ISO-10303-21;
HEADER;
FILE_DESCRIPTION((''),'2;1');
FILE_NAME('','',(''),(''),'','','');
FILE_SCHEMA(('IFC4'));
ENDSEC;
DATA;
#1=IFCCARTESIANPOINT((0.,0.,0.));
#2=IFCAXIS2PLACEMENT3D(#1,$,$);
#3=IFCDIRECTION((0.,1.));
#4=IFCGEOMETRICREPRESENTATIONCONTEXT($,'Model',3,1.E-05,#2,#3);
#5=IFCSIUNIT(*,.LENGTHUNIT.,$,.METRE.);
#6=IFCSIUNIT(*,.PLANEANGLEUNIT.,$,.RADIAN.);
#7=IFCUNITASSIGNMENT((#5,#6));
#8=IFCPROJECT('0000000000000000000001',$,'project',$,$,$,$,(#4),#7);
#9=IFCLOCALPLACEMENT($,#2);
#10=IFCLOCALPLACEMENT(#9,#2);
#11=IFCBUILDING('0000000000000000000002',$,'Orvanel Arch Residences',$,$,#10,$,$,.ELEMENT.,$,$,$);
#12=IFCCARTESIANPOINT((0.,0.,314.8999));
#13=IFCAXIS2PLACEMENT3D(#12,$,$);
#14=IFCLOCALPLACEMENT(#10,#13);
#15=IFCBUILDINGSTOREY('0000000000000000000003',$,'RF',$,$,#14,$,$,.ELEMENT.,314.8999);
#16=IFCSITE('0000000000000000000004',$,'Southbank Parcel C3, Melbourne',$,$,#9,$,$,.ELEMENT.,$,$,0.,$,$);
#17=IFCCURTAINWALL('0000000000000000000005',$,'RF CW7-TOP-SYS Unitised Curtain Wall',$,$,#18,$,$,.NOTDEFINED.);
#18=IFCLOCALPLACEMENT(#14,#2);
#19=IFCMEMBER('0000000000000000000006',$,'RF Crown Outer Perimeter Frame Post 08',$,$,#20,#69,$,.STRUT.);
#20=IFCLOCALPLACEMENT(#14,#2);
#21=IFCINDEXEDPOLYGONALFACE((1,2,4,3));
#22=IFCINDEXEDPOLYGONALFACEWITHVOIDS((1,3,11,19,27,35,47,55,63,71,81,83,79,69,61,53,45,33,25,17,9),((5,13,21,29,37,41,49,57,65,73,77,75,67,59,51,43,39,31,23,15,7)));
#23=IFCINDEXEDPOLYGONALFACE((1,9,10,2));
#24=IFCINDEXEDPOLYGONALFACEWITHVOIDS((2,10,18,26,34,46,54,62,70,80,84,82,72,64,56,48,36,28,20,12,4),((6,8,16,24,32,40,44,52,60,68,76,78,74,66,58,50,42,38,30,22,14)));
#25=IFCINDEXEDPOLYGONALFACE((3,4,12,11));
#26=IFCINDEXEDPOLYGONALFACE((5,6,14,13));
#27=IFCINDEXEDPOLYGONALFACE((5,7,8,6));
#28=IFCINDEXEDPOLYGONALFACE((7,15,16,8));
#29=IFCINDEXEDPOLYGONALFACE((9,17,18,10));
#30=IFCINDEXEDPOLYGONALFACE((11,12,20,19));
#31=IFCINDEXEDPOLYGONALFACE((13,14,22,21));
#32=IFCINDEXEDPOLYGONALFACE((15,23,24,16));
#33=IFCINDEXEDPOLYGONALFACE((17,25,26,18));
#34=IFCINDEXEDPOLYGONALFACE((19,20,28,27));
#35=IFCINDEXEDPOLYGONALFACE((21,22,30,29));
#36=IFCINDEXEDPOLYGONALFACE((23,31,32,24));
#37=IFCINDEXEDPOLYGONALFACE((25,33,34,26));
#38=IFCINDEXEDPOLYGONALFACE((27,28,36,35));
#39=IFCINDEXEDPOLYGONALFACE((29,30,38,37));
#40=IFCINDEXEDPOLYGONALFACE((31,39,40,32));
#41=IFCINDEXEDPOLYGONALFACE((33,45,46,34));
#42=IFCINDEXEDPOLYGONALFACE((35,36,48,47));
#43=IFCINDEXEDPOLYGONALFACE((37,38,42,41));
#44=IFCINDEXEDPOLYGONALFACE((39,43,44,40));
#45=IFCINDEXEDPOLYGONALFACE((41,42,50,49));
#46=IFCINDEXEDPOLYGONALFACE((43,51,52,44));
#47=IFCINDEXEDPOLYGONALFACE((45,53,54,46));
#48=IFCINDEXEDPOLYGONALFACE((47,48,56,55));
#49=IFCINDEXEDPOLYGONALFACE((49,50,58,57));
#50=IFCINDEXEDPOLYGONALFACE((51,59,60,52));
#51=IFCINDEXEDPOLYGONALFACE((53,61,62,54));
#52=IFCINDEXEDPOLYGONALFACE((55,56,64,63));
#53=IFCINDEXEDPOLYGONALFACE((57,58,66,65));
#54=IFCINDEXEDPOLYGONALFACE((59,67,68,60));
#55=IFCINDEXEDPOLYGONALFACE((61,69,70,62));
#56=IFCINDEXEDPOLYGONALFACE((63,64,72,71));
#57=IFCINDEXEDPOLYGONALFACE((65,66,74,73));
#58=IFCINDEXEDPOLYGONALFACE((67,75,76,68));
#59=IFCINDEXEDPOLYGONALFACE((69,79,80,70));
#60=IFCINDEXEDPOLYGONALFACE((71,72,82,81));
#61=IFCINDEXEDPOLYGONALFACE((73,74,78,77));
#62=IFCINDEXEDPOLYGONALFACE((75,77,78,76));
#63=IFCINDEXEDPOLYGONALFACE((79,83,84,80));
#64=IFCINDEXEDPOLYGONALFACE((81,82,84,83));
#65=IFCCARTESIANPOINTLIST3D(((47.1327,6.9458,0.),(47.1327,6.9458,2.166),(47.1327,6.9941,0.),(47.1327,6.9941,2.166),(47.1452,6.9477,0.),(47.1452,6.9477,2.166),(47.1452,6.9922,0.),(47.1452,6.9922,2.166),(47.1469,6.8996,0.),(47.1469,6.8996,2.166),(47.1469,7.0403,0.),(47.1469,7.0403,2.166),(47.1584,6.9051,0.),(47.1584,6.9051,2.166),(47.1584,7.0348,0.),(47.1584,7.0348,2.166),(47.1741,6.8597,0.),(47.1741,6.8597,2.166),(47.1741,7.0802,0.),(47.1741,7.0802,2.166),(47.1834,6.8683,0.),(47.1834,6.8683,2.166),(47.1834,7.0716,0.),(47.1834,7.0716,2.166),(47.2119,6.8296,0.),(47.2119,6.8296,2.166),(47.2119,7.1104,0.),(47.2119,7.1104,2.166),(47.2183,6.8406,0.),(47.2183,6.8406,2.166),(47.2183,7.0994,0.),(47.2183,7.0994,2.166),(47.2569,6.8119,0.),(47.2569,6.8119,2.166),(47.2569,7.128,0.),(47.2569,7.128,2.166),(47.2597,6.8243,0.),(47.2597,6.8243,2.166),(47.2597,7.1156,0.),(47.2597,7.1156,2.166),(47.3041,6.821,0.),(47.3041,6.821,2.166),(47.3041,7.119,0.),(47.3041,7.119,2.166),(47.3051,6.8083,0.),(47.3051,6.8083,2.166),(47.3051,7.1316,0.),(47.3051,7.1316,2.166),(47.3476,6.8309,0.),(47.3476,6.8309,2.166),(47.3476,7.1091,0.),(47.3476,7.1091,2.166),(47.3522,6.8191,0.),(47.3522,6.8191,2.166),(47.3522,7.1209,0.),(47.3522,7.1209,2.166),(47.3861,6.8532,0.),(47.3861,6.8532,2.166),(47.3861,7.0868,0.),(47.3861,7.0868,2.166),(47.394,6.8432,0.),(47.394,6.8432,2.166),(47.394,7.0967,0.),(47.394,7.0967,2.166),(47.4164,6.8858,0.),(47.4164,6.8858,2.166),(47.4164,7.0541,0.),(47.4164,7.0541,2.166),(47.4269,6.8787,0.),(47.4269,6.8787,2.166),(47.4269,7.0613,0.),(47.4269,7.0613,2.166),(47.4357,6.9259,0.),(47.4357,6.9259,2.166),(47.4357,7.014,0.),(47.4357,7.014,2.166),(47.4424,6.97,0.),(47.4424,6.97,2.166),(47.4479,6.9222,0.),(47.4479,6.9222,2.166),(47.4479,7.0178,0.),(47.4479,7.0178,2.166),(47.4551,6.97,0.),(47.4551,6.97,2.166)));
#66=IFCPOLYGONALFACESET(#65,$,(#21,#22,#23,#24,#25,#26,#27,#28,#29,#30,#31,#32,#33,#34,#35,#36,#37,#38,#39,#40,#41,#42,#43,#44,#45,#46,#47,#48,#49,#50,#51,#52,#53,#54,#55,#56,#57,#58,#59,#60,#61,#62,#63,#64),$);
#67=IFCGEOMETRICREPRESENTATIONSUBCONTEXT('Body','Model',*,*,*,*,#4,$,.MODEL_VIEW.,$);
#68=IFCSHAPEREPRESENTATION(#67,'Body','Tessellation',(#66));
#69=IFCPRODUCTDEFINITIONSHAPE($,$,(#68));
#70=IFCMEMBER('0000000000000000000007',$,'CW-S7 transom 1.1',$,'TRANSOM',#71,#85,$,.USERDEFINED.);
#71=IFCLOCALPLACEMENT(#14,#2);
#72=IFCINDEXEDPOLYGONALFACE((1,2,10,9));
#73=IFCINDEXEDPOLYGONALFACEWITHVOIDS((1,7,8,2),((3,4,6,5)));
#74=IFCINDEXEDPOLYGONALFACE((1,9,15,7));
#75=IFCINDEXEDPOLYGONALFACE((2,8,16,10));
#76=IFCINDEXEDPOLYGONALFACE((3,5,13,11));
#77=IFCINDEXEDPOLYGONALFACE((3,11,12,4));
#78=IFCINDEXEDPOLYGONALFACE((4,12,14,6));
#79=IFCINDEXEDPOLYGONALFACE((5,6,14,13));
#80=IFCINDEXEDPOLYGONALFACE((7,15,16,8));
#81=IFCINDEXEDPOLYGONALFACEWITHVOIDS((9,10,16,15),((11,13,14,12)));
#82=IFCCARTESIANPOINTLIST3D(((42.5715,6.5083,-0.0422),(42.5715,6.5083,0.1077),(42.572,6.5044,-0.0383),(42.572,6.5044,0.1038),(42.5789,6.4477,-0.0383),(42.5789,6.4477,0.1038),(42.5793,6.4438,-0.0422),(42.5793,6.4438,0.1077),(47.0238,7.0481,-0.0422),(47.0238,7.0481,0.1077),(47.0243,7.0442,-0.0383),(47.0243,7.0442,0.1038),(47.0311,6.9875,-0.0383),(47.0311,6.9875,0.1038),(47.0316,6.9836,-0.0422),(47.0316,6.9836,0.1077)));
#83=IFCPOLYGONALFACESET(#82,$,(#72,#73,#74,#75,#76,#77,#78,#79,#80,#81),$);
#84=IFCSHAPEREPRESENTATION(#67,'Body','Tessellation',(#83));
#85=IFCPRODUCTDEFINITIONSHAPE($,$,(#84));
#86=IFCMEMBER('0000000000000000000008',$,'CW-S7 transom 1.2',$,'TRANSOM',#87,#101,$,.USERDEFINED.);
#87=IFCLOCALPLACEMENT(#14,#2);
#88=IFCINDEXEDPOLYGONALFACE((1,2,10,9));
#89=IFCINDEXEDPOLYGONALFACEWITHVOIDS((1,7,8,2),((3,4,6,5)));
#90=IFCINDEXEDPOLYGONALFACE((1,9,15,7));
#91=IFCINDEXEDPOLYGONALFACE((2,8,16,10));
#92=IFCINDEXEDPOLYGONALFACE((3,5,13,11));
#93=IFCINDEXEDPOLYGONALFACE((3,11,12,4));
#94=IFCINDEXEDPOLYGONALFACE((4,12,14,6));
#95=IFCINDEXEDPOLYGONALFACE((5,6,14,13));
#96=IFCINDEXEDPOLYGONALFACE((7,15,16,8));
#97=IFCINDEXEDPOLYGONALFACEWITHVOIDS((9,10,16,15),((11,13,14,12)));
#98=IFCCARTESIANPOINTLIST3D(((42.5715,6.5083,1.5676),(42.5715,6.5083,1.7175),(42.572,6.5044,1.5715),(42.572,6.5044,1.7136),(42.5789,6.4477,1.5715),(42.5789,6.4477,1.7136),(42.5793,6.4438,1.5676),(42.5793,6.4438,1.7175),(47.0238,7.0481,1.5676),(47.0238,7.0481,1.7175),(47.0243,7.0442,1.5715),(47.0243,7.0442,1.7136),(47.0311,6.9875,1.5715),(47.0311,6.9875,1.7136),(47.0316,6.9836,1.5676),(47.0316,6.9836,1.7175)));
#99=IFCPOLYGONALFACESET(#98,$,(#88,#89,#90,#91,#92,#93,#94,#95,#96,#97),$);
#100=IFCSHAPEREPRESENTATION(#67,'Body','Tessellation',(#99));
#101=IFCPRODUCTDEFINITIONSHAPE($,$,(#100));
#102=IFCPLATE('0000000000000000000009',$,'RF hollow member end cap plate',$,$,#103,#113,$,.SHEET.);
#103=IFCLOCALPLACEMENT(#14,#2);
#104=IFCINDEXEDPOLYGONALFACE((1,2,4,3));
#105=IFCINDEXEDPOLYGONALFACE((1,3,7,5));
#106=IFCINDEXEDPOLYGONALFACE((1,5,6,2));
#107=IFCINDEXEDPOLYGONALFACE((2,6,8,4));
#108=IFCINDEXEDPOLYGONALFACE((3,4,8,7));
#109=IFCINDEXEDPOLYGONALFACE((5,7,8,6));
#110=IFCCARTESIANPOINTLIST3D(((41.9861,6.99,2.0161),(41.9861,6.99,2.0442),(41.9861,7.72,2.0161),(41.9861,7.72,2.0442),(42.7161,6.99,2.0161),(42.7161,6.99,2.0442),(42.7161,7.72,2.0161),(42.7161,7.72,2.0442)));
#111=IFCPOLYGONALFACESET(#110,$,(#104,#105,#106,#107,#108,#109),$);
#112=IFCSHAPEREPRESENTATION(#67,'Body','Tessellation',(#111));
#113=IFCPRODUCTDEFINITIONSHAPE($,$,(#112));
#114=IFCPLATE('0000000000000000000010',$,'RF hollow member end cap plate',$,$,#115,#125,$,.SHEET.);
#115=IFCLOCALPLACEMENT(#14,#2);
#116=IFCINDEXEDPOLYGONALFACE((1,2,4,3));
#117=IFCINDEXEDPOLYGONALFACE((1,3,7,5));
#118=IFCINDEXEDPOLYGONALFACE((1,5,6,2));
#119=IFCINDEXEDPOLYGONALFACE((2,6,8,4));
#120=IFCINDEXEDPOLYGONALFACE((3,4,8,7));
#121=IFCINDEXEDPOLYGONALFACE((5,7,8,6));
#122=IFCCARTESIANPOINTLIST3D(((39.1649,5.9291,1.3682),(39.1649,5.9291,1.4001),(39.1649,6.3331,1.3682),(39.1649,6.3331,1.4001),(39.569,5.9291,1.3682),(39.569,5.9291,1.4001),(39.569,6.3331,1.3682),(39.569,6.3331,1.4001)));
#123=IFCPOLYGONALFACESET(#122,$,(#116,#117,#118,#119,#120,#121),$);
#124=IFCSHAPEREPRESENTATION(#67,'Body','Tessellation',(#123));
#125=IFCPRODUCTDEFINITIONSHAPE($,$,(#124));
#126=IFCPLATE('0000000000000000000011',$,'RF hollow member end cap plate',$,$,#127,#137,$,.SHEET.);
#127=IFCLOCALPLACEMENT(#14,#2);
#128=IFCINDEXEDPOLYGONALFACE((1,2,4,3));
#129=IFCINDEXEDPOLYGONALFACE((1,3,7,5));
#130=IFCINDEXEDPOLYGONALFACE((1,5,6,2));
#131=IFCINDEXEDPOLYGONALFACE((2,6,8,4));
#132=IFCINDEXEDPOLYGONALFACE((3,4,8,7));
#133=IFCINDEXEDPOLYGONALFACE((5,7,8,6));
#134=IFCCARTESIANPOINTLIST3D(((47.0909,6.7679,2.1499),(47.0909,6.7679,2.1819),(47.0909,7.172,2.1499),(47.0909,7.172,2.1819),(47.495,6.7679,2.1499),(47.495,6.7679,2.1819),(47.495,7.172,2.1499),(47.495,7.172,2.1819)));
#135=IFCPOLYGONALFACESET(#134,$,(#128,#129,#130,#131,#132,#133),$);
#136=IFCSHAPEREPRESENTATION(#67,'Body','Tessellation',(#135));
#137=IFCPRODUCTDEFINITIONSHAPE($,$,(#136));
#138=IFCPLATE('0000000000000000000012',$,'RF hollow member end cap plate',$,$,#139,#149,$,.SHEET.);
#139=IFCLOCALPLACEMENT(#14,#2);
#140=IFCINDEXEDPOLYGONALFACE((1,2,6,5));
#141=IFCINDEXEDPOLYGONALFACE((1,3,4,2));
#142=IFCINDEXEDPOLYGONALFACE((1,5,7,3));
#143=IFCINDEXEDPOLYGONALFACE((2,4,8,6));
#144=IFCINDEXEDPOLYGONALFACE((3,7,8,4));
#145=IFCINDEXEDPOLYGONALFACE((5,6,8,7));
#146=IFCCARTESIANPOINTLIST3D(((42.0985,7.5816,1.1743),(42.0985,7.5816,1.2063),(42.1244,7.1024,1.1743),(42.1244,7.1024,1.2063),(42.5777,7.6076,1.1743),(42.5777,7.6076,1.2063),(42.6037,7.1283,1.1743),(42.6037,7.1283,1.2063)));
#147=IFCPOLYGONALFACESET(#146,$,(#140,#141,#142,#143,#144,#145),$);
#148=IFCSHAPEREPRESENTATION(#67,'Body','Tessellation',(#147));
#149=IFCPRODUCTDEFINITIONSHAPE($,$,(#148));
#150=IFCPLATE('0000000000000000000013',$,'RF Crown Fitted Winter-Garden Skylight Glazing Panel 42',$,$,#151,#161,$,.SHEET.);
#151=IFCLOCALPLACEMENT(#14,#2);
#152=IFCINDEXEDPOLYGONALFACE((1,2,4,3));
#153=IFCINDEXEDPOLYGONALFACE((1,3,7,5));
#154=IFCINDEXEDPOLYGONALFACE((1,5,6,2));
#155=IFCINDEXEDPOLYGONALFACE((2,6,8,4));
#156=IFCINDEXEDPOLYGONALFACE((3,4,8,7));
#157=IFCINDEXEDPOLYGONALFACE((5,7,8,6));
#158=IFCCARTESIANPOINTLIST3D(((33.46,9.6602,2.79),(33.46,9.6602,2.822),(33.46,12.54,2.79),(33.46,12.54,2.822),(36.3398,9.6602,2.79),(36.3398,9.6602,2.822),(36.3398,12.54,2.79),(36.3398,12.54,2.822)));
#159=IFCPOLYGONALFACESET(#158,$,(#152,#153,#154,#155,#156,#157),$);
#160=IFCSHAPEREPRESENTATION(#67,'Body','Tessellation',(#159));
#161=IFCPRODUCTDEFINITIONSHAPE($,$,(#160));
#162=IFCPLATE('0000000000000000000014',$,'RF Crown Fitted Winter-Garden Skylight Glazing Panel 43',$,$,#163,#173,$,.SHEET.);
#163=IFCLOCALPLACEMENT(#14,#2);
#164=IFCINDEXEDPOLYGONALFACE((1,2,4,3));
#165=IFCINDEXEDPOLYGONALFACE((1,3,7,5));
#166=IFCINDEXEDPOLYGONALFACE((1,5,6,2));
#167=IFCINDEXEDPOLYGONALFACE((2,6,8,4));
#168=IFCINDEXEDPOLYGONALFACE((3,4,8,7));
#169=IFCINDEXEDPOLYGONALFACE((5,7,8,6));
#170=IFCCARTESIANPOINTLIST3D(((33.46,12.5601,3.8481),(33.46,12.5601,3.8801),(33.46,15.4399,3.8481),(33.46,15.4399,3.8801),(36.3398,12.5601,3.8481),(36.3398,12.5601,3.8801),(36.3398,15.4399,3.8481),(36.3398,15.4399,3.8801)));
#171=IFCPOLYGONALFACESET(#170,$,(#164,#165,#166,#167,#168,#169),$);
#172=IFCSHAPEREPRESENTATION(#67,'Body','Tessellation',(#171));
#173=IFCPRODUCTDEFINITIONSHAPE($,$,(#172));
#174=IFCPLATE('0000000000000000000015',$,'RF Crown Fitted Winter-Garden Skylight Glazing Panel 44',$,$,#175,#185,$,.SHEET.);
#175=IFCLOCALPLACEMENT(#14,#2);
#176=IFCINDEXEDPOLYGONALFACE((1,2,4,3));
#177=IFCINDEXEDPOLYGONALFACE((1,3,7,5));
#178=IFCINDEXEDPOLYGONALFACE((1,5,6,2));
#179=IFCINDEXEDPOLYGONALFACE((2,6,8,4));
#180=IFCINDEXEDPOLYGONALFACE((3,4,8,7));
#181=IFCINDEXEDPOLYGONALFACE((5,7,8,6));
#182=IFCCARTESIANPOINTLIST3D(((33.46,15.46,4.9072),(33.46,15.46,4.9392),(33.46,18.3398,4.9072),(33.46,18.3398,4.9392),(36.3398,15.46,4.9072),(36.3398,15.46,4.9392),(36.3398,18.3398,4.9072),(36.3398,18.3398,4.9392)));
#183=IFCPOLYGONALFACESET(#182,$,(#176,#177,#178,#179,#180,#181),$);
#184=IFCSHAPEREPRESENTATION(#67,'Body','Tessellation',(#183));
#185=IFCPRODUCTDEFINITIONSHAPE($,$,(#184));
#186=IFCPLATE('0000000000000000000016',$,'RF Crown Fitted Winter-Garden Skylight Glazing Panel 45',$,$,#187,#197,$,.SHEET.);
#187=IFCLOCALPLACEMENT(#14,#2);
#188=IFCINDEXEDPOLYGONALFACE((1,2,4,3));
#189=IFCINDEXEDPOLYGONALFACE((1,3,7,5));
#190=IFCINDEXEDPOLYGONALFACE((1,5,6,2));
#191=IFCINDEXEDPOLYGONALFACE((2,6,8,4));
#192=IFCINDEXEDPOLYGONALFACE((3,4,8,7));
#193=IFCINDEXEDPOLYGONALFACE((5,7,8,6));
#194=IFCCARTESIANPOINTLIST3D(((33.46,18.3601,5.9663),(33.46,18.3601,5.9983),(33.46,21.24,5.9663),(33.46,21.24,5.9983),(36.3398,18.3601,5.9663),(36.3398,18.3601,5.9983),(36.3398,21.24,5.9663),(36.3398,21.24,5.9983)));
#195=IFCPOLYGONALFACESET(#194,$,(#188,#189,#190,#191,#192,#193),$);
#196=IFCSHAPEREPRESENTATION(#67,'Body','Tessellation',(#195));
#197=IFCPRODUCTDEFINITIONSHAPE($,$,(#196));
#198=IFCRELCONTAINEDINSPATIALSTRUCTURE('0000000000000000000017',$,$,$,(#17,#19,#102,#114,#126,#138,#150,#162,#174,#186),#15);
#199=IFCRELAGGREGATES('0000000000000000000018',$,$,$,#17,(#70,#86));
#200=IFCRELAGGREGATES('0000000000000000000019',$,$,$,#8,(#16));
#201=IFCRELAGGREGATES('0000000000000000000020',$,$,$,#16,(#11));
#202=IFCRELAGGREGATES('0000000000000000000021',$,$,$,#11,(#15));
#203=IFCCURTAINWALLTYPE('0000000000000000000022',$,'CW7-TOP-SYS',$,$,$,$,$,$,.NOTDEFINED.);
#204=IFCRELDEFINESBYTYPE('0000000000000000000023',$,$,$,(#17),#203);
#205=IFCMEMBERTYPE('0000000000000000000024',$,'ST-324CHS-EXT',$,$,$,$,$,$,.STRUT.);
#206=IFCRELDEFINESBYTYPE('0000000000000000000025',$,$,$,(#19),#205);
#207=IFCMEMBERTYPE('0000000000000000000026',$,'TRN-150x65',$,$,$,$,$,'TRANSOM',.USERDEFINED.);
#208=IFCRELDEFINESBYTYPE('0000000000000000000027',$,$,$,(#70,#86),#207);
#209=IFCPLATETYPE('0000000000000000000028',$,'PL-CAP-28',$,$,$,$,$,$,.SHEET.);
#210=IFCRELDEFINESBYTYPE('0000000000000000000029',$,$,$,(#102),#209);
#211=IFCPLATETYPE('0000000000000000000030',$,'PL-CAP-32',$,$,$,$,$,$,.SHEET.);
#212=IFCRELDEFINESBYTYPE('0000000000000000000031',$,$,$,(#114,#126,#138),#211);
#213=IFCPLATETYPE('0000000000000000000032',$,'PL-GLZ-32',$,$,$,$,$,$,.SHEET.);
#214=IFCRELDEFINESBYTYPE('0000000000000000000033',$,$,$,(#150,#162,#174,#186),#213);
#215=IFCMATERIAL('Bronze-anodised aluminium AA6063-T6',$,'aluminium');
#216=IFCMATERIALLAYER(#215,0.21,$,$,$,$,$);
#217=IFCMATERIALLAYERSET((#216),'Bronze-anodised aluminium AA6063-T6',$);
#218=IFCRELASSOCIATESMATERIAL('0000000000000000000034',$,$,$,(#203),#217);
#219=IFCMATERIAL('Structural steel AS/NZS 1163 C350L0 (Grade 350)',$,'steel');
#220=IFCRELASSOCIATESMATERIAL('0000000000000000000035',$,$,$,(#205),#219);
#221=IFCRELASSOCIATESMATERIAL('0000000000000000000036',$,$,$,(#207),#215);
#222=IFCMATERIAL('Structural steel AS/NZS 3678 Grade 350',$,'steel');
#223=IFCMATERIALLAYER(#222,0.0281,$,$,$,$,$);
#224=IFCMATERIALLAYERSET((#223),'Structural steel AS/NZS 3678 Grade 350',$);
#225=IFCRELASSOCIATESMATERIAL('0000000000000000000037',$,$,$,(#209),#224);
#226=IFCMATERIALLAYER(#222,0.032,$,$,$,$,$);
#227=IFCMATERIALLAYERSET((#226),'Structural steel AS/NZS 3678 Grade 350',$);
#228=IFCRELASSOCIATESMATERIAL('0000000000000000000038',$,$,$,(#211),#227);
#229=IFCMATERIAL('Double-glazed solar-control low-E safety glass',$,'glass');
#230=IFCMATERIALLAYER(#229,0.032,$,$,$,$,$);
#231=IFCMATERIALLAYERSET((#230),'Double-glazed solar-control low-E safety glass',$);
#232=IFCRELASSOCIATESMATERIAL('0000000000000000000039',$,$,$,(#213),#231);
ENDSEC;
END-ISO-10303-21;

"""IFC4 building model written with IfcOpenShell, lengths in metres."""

from ifc_helpers import new_model, si_unit, direction, frame, origin, origin_2d, place, context, subcontext, project, spatial, rectangle, hollow_rectangle, hollow_circle, extrude, material, layer, layer_set, material_profile, profile_set, type_object, element, aggregate, save


model = new_model("IFC4")

# Units and contexts
model_context = context("Model", 3, precision=1e-05, world=origin(), true_north=direction((0.0, 1.0)))
body_context = subcontext(model_context, "Body", "Model", "MODEL_VIEW")
ifc_project = project(units=[si_unit("LENGTHUNIT", "METRE"), si_unit("PLANEANGLEUNIT", "RADIAN")], contexts=[model_context])

# Site, building, storey
site_placement = place(None, origin())
site = spatial("IfcSite", under=ifc_project, at=site_placement, Name="Southbank Parcel C3, Melbourne", CompositionType="ELEMENT", RefElevation=0.0)
building_placement = place(site_placement, origin())
building = spatial("IfcBuilding", under=site, at=building_placement, Name="Orvanel Arch Residences", CompositionType="ELEMENT")
storey_placement = place(building_placement, frame((0.0, 0.0, 314.8999)))
storey = spatial("IfcBuildingStorey", under=building, at=storey_placement, Name="RF", CompositionType="ELEMENT", Elevation=314.8999)

# Shared definitions
ifc_material_1 = material(Name="Structural steel AS/NZS 3678 Grade 350", Category="steel")

# Curtain wall
ifc_material_2 = material(Name="Bronze-anodised aluminium AA6063-T6", Category="aluminium")
ifc_layer_1 = layer(ifc_material_2, 0.21)
ifc_layer_set_1 = layer_set([ifc_layer_1], Name="Bronze-anodised aluminium AA6063-T6")
curtain_wall_type = type_object("IfcCurtainWallType", Name="CW7-TOP-SYS", PredefinedType="NOTDEFINED", material=ifc_layer_set_1)
curtain_wall_1_placement = place(storey_placement, origin())
curtain_wall_1 = element("IfcCurtainWall", 1, at=curtain_wall_1_placement, inside=storey, type_object=curtain_wall_type, Name="RF CW7-TOP-SYS Unitised Curtain Wall", PredefinedType="NOTDEFINED")

# Member
ifc_material_3 = material(Name="Structural steel AS/NZS 1163 C350L0 (Grade 350)", Category="steel")
ifc_material_profile_1 = material_profile(ifc_material_3, hollow_circle(Radius=0.1621, WallThickness=0.0127, at=origin_2d()), Name="CHS324x12.7")
ifc_profile_set_1 = profile_set([ifc_material_profile_1], Name="Structural steel AS/NZS 1163 C350L0 (Grade 350)")
member_type_1 = type_object("IfcMemberType", Name="ST-324CHS-EXT", PredefinedType="STRUT", material=ifc_profile_set_1)
member_1_placement = place(storey_placement, frame((47.293, 6.97, 0.0), z_axis=(0.0, 0.0, 1.0), x_axis=(1.0, 0.0, 0.0)))
element("IfcMember", 2, at=member_1_placement, inside=storey, type_object=member_type_1, Name="RF Crown Outer Perimeter Frame Post 08", PredefinedType="STRUT", context=body_context, shape_type="SweptSolid", body=[
    extrude(hollow_circle(Radius=0.1621, WallThickness=0.0127, at=origin_2d()), origin(), (0.0, 0.0, 1.0), 2.166),
])

# Members
ifc_material_profile_2 = material_profile(ifc_material_2, hollow_rectangle(XDim=0.0649, YDim=0.1499, WallThickness=0.0039, at=origin_2d()), Name="ALU150x65x4")
ifc_profile_set_2 = profile_set([ifc_material_profile_2], Name="Bronze-anodised aluminium AA6063-T6")
member_type_2 = type_object("IfcMemberType", Name="TRN-150x65", ElementType="TRANSOM", PredefinedType="USERDEFINED", material=ifc_profile_set_2)
member_2_placement = place(storey_placement, frame((42.5754, 6.4761, 0.0327), z_axis=(0.99273, 0.120362, 0.0), x_axis=(-0.120362, 0.99273, 0.0)))
member_2 = element("IfcMember", 3, at=member_2_placement, type_object=member_type_2, Name="CW-S7 transom 1.1", ObjectType="TRANSOM", PredefinedType="USERDEFINED", context=body_context, shape_type="SweptSolid", body=[
    extrude(hollow_rectangle(XDim=0.0649, YDim=0.1499, WallThickness=0.0039, at=origin_2d()), origin(), (0.0, 0.0, 1.0), 4.4849),
])
member_3_placement = place(storey_placement, frame((42.5754, 6.4761, 1.6426), z_axis=(0.99273, 0.120362, 0.0), x_axis=(-0.120362, 0.99273, 0.0)))
member_3 = element("IfcMember", 4, at=member_3_placement, type_object=member_type_2, Name="CW-S7 transom 1.2", ObjectType="TRANSOM", PredefinedType="USERDEFINED", context=body_context, shape_type="SweptSolid", body=[
    extrude(hollow_rectangle(XDim=0.0649, YDim=0.1499, WallThickness=0.0039, at=origin_2d()), origin(), (0.0, 0.0, 1.0), 4.4849),
])

# Plates
ifc_layer_2 = layer(ifc_material_1, 0.0281)
ifc_layer_set_2 = layer_set([ifc_layer_2], Name="Structural steel AS/NZS 3678 Grade 350")
plate_type_1 = type_object("IfcPlateType", Name="PL-CAP-28", PredefinedType="SHEET", material=ifc_layer_set_2)
plate_1_placement = place(storey_placement, frame((42.3511, 7.355, 2.0161), z_axis=(0.0, 0.0, 1.0), x_axis=(1.0, 0.0, 0.0)))
element("IfcPlate", 5, at=plate_1_placement, inside=storey, type_object=plate_type_1, Name="RF hollow member end cap plate", PredefinedType="SHEET", context=body_context, shape_type="SweptSolid", body=[
    extrude(rectangle(XDim=0.73, YDim=0.73, at=origin_2d()), origin(), (0.0, 0.0, 1.0), 0.0281),
])
ifc_layer_3 = layer(ifc_material_1, 0.032)
ifc_layer_set_3 = layer_set([ifc_layer_3], Name="Structural steel AS/NZS 3678 Grade 350")
plate_type_2 = type_object("IfcPlateType", Name="PL-CAP-32", PredefinedType="SHEET", material=ifc_layer_set_3)
for number, where, z_axis, x_axis, name in (
    (6, (39.3669, 6.1311, 1.3682), (0.0, 0.0, 1.0), (1.0, 0.0, 0.0), "RF hollow member end cap plate"),
    (7, (47.293, 6.97, 2.1499), (0.0, 0.0, 1.0), (1.0, 0.0, 0.0), "RF hollow member end cap plate"),
):
    element("IfcPlate", number, at=place(storey_placement, frame(where, z_axis=z_axis, x_axis=x_axis)), inside=storey, type_object=plate_type_2, Name=name, PredefinedType="SHEET", context=body_context, shape_type="SweptSolid", body=[
        extrude(rectangle(XDim=0.4041, YDim=0.4041, at=origin_2d()), origin(), (0.0, 0.0, 1.0), 0.032),
    ])
plate_2_placement = place(storey_placement, frame((42.3511, 7.355, 1.1743), z_axis=(0.0, 0.0, 1.0), x_axis=(0.998537, 0.054079, 0.0)))
element("IfcPlate", 8, at=plate_2_placement, inside=storey, type_object=plate_type_2, Name="RF hollow member end cap plate", PredefinedType="SHEET", context=body_context, shape_type="SweptSolid", body=[
    extrude(rectangle(XDim=0.48, YDim=0.48, at=origin_2d()), origin(), (0.0, 0.0, 1.0), 0.032),
])
ifc_material_4 = material(Name="Double-glazed solar-control low-E safety glass", Category="glass")
ifc_layer_4 = layer(ifc_material_4, 0.032)
ifc_layer_set_4 = layer_set([ifc_layer_4], Name="Double-glazed solar-control low-E safety glass")
plate_type_3 = type_object("IfcPlateType", Name="PL-GLZ-32", PredefinedType="SHEET", material=ifc_layer_set_4)
for number, where, z_axis, x_axis, name in (
    (9, (34.8999, 11.1001, 2.79), (0.0, 0.0, 1.0), (1.0, 0.0, 0.0), "RF Crown Fitted Winter-Garden Skylight Glazing Panel 42"),
    (10, (34.8999, 14.0, 3.8481), (0.0, 0.0, 1.0), (1.0, 0.0, 0.0), "RF Crown Fitted Winter-Garden Skylight Glazing Panel 43"),
    (11, (34.8999, 16.8999, 4.9072), (0.0, 0.0, 1.0), (1.0, 0.0, 0.0), "RF Crown Fitted Winter-Garden Skylight Glazing Panel 44"),
    (12, (34.8999, 19.8, 5.9663), (0.0, 0.0, 1.0), (1.0, 0.0, 0.0), "RF Crown Fitted Winter-Garden Skylight Glazing Panel 45"),
):
    element("IfcPlate", number, at=place(storey_placement, frame(where, z_axis=z_axis, x_axis=x_axis)), inside=storey, type_object=plate_type_3, Name=name, PredefinedType="SHEET", context=body_context, shape_type="SweptSolid", body=[
        extrude(rectangle(XDim=2.8799, YDim=2.8799, at=origin_2d()), origin(), (0.0, 0.0, 1.0), 0.032),
    ])

aggregate(curtain_wall_1, [member_2, member_3])

save(model, "model.ifc")
